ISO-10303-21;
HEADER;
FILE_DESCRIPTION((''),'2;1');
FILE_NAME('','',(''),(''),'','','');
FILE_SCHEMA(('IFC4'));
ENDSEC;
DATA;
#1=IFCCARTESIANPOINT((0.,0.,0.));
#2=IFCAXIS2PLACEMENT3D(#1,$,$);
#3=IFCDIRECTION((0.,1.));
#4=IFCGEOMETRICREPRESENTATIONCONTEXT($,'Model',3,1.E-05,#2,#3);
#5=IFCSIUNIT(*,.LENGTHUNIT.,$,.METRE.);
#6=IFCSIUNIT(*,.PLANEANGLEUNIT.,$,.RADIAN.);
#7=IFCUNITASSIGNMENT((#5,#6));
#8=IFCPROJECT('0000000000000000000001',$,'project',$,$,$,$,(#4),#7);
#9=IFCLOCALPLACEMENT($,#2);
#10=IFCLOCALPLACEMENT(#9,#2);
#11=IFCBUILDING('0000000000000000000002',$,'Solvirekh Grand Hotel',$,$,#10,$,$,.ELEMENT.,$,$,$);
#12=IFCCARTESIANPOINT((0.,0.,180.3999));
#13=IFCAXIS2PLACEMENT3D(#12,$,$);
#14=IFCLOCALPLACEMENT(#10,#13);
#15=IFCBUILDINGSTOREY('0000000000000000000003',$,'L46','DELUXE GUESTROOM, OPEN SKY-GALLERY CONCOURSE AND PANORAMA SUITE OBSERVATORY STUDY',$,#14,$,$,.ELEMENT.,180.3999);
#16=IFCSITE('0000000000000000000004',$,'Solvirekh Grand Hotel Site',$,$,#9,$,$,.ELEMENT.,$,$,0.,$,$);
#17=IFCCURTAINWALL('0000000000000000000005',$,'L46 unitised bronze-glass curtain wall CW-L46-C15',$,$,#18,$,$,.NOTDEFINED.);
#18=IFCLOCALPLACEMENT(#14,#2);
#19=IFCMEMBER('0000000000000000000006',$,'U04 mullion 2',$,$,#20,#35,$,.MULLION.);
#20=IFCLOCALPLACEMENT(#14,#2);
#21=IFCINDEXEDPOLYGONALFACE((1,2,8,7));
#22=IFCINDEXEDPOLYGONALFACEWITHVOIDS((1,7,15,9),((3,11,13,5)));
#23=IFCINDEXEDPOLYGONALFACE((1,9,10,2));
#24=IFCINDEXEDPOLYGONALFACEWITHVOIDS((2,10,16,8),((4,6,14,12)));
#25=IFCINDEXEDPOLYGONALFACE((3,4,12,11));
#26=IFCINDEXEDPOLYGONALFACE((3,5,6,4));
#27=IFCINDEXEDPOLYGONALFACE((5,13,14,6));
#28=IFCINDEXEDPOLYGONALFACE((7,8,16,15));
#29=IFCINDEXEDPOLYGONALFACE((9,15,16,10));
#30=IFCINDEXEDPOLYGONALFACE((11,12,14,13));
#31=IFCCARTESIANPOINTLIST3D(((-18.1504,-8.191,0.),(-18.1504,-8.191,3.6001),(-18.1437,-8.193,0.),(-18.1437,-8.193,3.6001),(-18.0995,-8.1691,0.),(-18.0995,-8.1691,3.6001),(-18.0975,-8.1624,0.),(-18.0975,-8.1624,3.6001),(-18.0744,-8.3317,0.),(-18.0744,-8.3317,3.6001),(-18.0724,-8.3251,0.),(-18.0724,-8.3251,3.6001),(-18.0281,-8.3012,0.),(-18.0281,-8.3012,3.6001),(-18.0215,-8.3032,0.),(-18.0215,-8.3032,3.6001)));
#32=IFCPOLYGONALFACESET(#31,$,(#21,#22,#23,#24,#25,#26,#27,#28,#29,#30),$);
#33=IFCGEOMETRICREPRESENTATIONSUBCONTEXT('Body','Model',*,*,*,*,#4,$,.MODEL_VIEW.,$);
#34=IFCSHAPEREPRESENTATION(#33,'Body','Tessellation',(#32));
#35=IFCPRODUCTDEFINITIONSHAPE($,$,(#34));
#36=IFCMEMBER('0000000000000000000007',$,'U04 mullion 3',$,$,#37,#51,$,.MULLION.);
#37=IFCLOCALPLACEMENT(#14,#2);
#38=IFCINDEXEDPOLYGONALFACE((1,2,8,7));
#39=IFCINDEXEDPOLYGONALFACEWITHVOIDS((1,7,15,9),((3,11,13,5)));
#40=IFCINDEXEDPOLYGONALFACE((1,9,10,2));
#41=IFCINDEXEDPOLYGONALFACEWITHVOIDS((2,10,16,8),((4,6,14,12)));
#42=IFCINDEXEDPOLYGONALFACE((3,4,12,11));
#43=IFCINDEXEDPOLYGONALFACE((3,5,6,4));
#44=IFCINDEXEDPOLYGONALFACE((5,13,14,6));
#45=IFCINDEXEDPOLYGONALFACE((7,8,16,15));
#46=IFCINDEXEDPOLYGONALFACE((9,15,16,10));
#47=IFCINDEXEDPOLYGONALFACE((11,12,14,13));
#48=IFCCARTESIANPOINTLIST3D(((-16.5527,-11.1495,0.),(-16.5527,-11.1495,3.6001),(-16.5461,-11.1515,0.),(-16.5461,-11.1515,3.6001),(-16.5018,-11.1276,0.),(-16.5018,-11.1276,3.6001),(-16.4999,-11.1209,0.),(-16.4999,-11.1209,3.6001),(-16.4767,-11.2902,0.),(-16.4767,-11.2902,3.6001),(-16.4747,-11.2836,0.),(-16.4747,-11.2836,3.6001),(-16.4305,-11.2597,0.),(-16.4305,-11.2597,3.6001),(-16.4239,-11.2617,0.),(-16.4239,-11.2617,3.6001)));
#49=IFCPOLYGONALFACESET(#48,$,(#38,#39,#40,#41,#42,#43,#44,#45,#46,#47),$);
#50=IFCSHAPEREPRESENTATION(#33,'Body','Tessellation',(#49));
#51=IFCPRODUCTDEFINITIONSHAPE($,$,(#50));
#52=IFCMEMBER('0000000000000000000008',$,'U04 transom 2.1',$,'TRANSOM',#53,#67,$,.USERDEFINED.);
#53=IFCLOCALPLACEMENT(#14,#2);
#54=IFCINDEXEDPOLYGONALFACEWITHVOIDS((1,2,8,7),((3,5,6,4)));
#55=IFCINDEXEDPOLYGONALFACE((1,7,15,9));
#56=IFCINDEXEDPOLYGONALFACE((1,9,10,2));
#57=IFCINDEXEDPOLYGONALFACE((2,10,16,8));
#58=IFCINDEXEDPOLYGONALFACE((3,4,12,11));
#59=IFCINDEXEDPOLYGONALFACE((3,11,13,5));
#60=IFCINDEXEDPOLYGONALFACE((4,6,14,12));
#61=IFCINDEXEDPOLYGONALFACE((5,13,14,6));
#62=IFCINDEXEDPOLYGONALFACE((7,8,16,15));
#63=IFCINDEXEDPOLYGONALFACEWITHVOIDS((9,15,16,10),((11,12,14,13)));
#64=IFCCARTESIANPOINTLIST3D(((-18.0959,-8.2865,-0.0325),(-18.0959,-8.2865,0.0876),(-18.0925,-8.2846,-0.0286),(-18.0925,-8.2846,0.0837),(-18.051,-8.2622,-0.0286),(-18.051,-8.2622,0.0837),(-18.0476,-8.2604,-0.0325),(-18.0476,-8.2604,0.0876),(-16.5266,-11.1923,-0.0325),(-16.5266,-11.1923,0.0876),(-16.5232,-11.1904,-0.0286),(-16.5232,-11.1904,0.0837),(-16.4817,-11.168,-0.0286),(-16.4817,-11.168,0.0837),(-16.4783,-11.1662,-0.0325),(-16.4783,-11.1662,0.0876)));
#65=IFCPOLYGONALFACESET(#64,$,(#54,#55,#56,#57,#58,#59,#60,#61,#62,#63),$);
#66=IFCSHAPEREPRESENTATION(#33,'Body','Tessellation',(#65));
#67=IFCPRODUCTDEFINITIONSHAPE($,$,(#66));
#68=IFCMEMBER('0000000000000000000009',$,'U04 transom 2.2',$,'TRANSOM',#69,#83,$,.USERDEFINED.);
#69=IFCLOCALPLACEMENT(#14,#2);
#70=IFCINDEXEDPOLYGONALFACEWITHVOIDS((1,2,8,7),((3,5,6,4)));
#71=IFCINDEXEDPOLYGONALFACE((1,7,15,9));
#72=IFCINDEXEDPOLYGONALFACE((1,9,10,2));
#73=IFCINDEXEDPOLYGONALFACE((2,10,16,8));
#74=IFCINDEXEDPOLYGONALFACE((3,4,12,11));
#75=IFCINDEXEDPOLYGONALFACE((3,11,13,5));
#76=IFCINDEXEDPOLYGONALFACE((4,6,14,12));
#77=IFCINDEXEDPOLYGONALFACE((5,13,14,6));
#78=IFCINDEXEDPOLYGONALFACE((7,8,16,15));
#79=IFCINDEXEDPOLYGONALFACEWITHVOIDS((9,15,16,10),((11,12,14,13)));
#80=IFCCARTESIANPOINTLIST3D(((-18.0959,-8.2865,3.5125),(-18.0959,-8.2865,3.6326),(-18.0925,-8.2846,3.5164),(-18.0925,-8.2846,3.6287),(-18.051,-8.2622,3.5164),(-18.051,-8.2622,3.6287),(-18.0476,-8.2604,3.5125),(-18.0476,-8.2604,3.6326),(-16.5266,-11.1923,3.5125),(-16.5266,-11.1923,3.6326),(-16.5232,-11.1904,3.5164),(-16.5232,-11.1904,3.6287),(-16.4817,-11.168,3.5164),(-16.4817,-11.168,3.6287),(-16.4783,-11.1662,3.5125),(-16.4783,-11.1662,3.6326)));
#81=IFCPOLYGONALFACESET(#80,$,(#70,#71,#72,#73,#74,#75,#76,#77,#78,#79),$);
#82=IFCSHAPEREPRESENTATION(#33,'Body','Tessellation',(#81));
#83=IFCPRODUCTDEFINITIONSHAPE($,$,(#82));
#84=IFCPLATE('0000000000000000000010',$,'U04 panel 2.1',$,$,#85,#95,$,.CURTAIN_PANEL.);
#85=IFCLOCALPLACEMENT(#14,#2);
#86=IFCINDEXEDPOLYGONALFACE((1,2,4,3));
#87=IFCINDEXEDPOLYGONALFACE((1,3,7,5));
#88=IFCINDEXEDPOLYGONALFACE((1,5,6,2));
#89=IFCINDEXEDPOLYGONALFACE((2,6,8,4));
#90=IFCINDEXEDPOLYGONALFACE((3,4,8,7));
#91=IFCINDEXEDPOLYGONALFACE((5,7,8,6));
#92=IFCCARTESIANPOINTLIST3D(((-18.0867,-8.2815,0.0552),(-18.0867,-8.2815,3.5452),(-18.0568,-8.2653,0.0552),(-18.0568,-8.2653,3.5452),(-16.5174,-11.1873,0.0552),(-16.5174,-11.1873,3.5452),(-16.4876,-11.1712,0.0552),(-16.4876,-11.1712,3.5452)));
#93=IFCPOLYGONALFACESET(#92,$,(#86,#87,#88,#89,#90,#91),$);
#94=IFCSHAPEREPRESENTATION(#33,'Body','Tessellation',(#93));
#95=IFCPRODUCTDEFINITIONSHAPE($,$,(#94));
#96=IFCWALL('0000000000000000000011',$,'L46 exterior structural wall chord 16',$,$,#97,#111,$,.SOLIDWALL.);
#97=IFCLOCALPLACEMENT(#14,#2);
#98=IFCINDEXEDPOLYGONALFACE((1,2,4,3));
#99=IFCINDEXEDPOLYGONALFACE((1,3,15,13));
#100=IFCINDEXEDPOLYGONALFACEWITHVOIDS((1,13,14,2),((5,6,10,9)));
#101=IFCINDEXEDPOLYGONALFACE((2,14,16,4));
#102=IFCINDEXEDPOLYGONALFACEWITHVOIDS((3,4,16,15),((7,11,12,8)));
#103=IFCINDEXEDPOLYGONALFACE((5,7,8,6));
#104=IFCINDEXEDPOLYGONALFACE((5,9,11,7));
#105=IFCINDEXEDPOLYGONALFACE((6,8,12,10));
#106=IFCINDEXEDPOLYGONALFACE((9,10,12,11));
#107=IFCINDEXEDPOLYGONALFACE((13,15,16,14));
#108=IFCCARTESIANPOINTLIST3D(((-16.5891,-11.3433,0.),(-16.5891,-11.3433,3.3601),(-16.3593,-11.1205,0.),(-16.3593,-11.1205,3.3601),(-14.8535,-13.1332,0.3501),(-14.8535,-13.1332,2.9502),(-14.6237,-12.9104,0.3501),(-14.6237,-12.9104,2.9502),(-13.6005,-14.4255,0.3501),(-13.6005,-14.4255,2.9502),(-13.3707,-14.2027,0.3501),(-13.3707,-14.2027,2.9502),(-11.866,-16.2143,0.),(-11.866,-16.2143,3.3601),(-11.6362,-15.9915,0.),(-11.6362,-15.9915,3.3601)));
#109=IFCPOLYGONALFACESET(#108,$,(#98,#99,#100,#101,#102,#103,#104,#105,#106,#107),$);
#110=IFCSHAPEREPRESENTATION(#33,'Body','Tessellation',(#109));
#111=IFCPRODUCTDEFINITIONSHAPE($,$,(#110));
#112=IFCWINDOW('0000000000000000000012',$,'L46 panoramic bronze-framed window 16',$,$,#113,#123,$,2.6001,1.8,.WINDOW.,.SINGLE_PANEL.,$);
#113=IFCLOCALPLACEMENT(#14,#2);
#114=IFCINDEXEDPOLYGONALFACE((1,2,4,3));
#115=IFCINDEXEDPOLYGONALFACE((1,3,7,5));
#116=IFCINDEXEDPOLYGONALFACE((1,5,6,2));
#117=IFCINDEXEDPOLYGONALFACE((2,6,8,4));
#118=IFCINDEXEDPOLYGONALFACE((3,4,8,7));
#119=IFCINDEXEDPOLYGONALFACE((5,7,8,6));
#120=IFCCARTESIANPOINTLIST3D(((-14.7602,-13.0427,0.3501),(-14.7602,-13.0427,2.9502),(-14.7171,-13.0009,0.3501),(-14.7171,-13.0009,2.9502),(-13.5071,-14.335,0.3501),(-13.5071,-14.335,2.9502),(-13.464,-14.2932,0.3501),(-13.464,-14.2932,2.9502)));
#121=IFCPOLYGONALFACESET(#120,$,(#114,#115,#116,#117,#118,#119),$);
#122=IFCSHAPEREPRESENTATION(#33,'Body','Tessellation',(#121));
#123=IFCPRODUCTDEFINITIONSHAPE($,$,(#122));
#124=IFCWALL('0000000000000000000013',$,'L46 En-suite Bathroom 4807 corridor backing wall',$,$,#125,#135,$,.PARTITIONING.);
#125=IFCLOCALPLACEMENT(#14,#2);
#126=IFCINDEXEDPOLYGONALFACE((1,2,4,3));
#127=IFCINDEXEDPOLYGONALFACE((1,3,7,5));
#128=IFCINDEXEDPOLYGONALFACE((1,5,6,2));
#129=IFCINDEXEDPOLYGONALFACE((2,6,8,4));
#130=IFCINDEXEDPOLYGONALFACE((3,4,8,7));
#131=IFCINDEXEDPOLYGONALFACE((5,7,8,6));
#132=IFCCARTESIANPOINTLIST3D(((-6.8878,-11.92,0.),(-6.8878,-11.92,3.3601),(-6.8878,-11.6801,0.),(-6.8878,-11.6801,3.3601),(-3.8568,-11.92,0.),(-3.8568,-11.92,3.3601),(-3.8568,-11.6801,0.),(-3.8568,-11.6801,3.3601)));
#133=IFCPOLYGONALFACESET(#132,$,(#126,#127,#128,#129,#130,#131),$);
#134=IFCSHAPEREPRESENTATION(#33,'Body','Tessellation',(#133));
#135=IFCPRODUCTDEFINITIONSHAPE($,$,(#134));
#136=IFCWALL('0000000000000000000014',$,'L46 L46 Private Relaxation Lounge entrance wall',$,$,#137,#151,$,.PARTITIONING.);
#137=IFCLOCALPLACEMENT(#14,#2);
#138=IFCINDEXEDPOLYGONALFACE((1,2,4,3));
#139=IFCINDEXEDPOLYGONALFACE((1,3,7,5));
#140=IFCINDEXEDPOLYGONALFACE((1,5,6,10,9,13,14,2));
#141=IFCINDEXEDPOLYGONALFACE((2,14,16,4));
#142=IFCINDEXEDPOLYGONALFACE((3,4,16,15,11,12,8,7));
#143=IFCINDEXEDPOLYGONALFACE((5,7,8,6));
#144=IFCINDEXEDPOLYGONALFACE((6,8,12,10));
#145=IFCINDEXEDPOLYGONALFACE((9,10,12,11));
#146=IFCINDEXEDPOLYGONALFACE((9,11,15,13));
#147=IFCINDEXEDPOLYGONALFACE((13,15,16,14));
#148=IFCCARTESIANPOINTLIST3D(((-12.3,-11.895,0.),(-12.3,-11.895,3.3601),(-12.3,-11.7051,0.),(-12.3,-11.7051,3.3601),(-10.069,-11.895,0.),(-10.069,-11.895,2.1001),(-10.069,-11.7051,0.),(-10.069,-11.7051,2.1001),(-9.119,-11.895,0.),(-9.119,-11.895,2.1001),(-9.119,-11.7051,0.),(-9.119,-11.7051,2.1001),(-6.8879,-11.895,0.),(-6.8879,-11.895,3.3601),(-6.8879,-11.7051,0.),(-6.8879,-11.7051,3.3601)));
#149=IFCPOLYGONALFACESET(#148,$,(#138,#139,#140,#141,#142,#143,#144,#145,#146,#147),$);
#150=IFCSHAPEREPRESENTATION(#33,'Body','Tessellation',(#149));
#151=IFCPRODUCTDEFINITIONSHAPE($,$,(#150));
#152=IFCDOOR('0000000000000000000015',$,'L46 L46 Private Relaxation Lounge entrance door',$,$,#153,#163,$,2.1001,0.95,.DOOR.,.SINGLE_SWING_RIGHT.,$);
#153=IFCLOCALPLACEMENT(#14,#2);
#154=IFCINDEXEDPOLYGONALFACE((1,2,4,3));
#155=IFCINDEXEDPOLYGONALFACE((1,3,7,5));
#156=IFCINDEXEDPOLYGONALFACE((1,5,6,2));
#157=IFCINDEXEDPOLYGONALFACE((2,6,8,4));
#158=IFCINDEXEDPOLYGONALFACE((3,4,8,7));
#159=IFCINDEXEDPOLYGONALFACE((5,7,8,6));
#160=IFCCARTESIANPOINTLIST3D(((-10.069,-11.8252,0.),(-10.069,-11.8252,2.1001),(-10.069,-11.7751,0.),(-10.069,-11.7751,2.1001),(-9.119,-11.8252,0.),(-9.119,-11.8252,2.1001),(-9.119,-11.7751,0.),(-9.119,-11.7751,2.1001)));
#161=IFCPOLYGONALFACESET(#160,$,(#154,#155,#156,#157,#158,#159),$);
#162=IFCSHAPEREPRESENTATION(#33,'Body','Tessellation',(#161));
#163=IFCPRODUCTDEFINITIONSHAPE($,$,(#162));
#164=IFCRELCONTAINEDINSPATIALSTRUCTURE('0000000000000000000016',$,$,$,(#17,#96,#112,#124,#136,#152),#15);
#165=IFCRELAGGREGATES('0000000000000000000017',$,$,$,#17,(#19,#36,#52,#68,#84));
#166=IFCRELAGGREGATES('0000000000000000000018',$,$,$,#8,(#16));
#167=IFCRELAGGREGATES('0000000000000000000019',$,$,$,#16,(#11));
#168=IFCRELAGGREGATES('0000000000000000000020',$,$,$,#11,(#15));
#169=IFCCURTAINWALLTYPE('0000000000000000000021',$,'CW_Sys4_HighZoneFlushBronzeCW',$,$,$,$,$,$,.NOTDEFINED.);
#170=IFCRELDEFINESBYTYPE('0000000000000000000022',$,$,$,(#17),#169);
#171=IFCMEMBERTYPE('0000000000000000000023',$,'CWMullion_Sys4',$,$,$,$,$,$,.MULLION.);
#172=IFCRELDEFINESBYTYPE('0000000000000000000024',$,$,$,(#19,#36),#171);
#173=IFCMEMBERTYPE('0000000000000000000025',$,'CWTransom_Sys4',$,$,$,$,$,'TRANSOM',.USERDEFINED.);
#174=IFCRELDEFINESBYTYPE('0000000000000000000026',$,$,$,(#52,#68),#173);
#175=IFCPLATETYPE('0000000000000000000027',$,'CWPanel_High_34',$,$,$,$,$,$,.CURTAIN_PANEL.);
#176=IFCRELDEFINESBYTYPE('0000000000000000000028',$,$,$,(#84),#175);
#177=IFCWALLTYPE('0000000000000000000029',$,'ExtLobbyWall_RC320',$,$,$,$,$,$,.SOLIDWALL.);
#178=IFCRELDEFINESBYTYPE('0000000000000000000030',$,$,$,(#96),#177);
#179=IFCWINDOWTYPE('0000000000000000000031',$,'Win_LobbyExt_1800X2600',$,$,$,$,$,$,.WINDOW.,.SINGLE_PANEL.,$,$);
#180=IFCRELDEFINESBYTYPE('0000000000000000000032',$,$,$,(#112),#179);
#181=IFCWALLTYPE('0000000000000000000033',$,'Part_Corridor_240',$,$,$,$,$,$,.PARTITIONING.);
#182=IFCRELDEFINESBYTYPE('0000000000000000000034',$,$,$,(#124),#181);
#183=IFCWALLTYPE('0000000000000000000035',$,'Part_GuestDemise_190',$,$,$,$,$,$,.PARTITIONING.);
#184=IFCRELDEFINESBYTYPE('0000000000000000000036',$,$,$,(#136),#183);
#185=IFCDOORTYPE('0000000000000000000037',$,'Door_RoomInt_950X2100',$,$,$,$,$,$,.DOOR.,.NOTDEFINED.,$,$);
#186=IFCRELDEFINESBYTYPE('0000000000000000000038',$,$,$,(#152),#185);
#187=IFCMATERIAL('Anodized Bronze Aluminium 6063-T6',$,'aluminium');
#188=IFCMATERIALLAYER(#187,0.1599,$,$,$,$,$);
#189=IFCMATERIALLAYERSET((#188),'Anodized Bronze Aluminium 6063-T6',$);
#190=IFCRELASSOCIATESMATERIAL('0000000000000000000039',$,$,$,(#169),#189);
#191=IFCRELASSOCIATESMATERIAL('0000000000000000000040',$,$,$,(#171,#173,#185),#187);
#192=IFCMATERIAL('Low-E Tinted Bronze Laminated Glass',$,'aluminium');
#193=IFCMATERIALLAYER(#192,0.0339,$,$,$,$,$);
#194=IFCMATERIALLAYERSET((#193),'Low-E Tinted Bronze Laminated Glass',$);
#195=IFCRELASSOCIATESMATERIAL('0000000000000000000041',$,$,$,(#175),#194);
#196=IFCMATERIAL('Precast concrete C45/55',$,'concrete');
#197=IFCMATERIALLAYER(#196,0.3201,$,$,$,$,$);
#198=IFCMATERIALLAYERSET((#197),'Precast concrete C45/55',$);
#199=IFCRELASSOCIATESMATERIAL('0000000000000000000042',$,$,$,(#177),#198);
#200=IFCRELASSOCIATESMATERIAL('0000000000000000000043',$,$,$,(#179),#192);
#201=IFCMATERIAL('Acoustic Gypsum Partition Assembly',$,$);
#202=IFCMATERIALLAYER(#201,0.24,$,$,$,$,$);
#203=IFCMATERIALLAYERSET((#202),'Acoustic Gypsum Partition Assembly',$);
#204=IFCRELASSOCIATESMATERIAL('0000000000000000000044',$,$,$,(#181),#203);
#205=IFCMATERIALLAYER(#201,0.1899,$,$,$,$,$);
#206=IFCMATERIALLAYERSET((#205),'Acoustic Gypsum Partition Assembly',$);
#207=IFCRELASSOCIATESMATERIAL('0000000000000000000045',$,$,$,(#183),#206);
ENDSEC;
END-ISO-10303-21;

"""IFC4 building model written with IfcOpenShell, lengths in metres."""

from ifc_helpers import new_model, si_unit, direction, frame, frame_2d, origin, origin_2d, place, context, subcontext, project, spatial, rectangle, hollow_rectangle, extrude, source, transform, mapped, material, layer, layer_set, material_profile, profile_set, type_object, element, fill, aggregate, save


model = new_model("IFC4")

# Units and contexts
model_context = context("Model", 3, precision=1e-05, world=origin(), true_north=direction((0.0, 1.0)))
body_context = subcontext(model_context, "Body", "Model", "MODEL_VIEW")
ifc_project = project(units=[si_unit("LENGTHUNIT", "METRE"), si_unit("PLANEANGLEUNIT", "RADIAN")], contexts=[model_context])

# Site, building, storey
site_placement = place(None, origin())
site = spatial("IfcSite", under=ifc_project, at=site_placement, Name="Solvirekh Grand Hotel Site", CompositionType="ELEMENT", RefElevation=0.0)
building_placement = place(site_placement, origin())
building = spatial("IfcBuilding", under=site, at=building_placement, Name="Solvirekh Grand Hotel", CompositionType="ELEMENT")
storey_placement = place(building_placement, frame((0.0, 0.0, 180.3999)))
storey = spatial("IfcBuildingStorey", under=building, at=storey_placement, Name="L46", Description="DELUXE GUESTROOM, OPEN SKY-GALLERY CONCOURSE AND PANORAMA SUITE OBSERVATORY STUDY", CompositionType="ELEMENT", Elevation=180.3999)

# Curtain wall, members, plate
ifc_material_1 = material(Name="Anodized Bronze Aluminium 6063-T6", Category="aluminium")
ifc_layer_1 = layer(ifc_material_1, 0.1599)
ifc_layer_set_1 = layer_set([ifc_layer_1], Name="Anodized Bronze Aluminium 6063-T6")
curtain_wall_type = type_object("IfcCurtainWallType", Name="CW_Sys4_HighZoneFlushBronzeCW", PredefinedType="NOTDEFINED", material=ifc_layer_set_1)
curtain_wall_placement = place(storey_placement, origin())
curtain_wall = element("IfcCurtainWall", 1, at=curtain_wall_placement, inside=storey, type_object=curtain_wall_type, Name="L46 unitised bronze-glass curtain wall CW-L46-C15", PredefinedType="NOTDEFINED")
ifc_material_profile_1 = material_profile(ifc_material_1, hollow_rectangle(XDim=0.0601, YDim=0.1599, WallThickness=0.0049, at=origin_2d()), Name="ALU RHS 160X60X5")
ifc_profile_set_1 = profile_set([ifc_material_profile_1], Name="Anodized Bronze Aluminium 6063-T6")
member_type_1 = type_object("IfcMemberType", Name="CWMullion_Sys4", PredefinedType="MULLION", material=ifc_profile_set_1)
shared_shape_1 = source(origin(), body_context, "Body", "SweptSolid", [
    extrude(hollow_rectangle(XDim=0.0601, YDim=0.1599, WallThickness=0.0049, at=origin_2d()), origin(), (0.0, 0.0, 1.0), 3.6001),
])
member_1_placement = place(storey_placement, frame((-18.0859, -8.2471, 0.0), z_axis=(0.0, 0.0, 1.0), x_axis=(0.879893, 0.475172, 0.0)))
member_1 = element("IfcMember", 2, at=member_1_placement, type_object=member_type_1, Name="U04 mullion 2", PredefinedType="MULLION", context=body_context, shape_type="MappedRepresentation", body=[
    mapped(shared_shape_1, transform((0.0, 0.0, 0.0), x_axis=(1.0, 0.0, 0.0), y_axis=(0.0, 1.0, 0.0), z_axis=(0.0, 0.0, 1.0), scale=1.0)),
])
member_2_placement = place(storey_placement, frame((-16.4883, -11.2056, 0.0), z_axis=(0.0, 0.0, 1.0), x_axis=(0.879893, 0.475172, 0.0)))
member_2 = element("IfcMember", 3, at=member_2_placement, type_object=member_type_1, Name="U04 mullion 3", PredefinedType="MULLION", context=body_context, shape_type="MappedRepresentation", body=[
    mapped(shared_shape_1, transform((0.0, 0.0, 0.0), x_axis=(1.0, 0.0, 0.0), y_axis=(0.0, 1.0, 0.0), z_axis=(0.0, 0.0, 1.0), scale=1.0)),
])
ifc_material_profile_2 = material_profile(ifc_material_1, hollow_rectangle(XDim=0.0549, YDim=0.1201, WallThickness=0.0039, at=origin_2d()), Name="ALU RHS 120X55X4")
ifc_profile_set_2 = profile_set([ifc_material_profile_2], Name="Anodized Bronze Aluminium 6063-T6")
member_type_2 = type_object("IfcMemberType", Name="CWTransom_Sys4", ElementType="TRANSOM", PredefinedType="USERDEFINED", material=ifc_profile_set_2)
shared_shape_2 = source(origin(), body_context, "Body", "SweptSolid", [
    extrude(hollow_rectangle(XDim=0.0549, YDim=0.1201, WallThickness=0.0039, at=origin_2d()), origin(), (0.0, 0.0, 1.0), 3.3025),
])
member_3_placement = place(storey_placement, frame((-18.0718, -8.2734, 0.0276), z_axis=(0.475202, -0.879877, 0.0), x_axis=(0.879877, 0.475202, 0.0)))
member_3 = element("IfcMember", 4, at=member_3_placement, type_object=member_type_2, Name="U04 transom 2.1", ObjectType="TRANSOM", PredefinedType="USERDEFINED", context=body_context, shape_type="MappedRepresentation", body=[
    mapped(shared_shape_2, transform((0.0, 0.0, 0.0), x_axis=(1.0, 0.0, 0.0), y_axis=(0.0, 1.0, 0.0), z_axis=(0.0, 0.0, 1.0), scale=1.0)),
])
member_4_placement = place(storey_placement, frame((-18.0718, -8.2734, 3.5725), z_axis=(0.475202, -0.879877, 0.0), x_axis=(0.879877, 0.475202, 0.0)))
member_4 = element("IfcMember", 5, at=member_4_placement, type_object=member_type_2, Name="U04 transom 2.2", ObjectType="TRANSOM", PredefinedType="USERDEFINED", context=body_context, shape_type="MappedRepresentation", body=[
    mapped(shared_shape_2, transform((0.0, 0.0, 0.0), x_axis=(1.0, 0.0, 0.0), y_axis=(0.0, 1.0, 0.0), z_axis=(0.0, 0.0, 1.0), scale=1.0)),
])
ifc_material_2 = material(Name="Low-E Tinted Bronze Laminated Glass", Category="aluminium")
ifc_layer_2 = layer(ifc_material_2, 0.0339)
ifc_layer_set_2 = layer_set([ifc_layer_2], Name="Low-E Tinted Bronze Laminated Glass")
plate_type = type_object("IfcPlateType", Name="CWPanel_High_34", PredefinedType="CURTAIN_PANEL", material=ifc_layer_set_2)
shared_shape_3 = source(origin(), body_context, "Body", "SweptSolid", [
    extrude(rectangle(XDim=3.3025, YDim=0.0339, at=origin_2d()), origin(), (0.0, 0.0, 1.0), 3.49),
])
plate_placement = place(storey_placement, frame((-17.2871, -9.7263, 0.0552), z_axis=(0.0, 0.0, 1.0), x_axis=(0.475172, -0.879893, 0.0)))
plate = element("IfcPlate", 6, at=plate_placement, type_object=plate_type, Name="U04 panel 2.1", PredefinedType="CURTAIN_PANEL", context=body_context, shape_type="MappedRepresentation", body=[
    mapped(shared_shape_3, transform((0.0, 0.0, 0.0), x_axis=(1.0, 0.0, 0.0), y_axis=(0.0, 1.0, 0.0), z_axis=(0.0, 0.0, 1.0), scale=1.0)),
])
aggregate(curtain_wall, [member_1, member_2, member_3, member_4, plate])

# Wall, opening, window
ifc_material_3 = material(Name="Precast concrete C45/55", Category="concrete")
ifc_layer_3 = layer(ifc_material_3, 0.3201)
ifc_layer_set_3 = layer_set([ifc_layer_3], Name="Precast concrete C45/55")
wall_type_1 = type_object("IfcWallType", Name="ExtLobbyWall_RC320", PredefinedType="SOLIDWALL", material=ifc_layer_set_3)
wall_1_placement = place(storey_placement, frame((-11.751, -16.103, 0.0), z_axis=(0.0, 0.0, 1.0), x_axis=(-0.69612, 0.717925, 0.0)))
wall_1 = element("IfcWall", 7, at=wall_1_placement, inside=storey, type_object=wall_type_1, Name="L46 exterior structural wall chord 16", PredefinedType="SOLIDWALL", context=body_context, shape_type="SweptSolid", body=[
    extrude(rectangle(XDim=6.7849, YDim=0.3201, at=frame_2d((3.3926, 0.0))), origin(), (0.0, 0.0, 1.0), 3.3601),
])
opening_1_placement = place(wall_1_placement, frame((2.4919, 0.0, 0.3501)))
opening_1 = element("IfcOpeningElement", 8, at=opening_1_placement, cuts=wall_1, PredefinedType="OPENING", context=body_context, shape_type="SweptSolid", body=[
    extrude(rectangle(XDim=1.8, YDim=2.6001, at=frame_2d((0.8999, 1.3))), frame((0.0, 0.1699, 0.0), z_axis=(0.0, -1.0, 0.0), x_axis=(1.0, 0.0, 0.0)), (0.0, 0.0, 1.0), 0.3401),
])
window_type = type_object("IfcWindowType", Name="Win_LobbyExt_1800X2600", PartitioningType="SINGLE_PANEL", PredefinedType="WINDOW", material=ifc_material_2)
window_placement = place(opening_1_placement, origin())
window = element("IfcWindow", 9, at=window_placement, inside=storey, type_object=window_type, Name="L46 panoramic bronze-framed window 16", OverallHeight=2.6001, OverallWidth=1.8, PartitioningType="SINGLE_PANEL", PredefinedType="WINDOW", context=body_context, shape_type="SweptSolid", body=[
    extrude(rectangle(XDim=1.8, YDim=2.6001, at=frame_2d((0.8999, 1.3))), frame((0.0, 0.03, 0.0), z_axis=(0.0, -1.0, 0.0), x_axis=(1.0, 0.0, 0.0)), (0.0, 0.0, 1.0), 0.0601),
])
fill(opening_1, window)

# Wall
ifc_material_4 = material(Name="Acoustic Gypsum Partition Assembly")
ifc_layer_4 = layer(ifc_material_4, 0.24)
ifc_layer_set_4 = layer_set([ifc_layer_4], Name="Acoustic Gypsum Partition Assembly")
wall_type_2 = type_object("IfcWallType", Name="Part_Corridor_240", PredefinedType="PARTITIONING", material=ifc_layer_set_4)
wall_2_placement = place(storey_placement, frame((-6.8879, -11.8, 0.0), z_axis=(0.0, 0.0, 1.0), x_axis=(1.0, 0.0, 0.0)))
element("IfcWall", 10, at=wall_2_placement, inside=storey, type_object=wall_type_2, Name="L46 En-suite Bathroom 4807 corridor backing wall", PredefinedType="PARTITIONING", context=body_context, shape_type="SweptSolid", body=[
    extrude(rectangle(XDim=3.031, YDim=0.24, at=frame_2d((1.5156, 0.0))), origin(), (0.0, 0.0, 1.0), 3.3601),
])

# Wall, opening, door
ifc_layer_5 = layer(ifc_material_4, 0.1899)
ifc_layer_set_5 = layer_set([ifc_layer_5], Name="Acoustic Gypsum Partition Assembly")
wall_type_3 = type_object("IfcWallType", Name="Part_GuestDemise_190", PredefinedType="PARTITIONING", material=ifc_layer_set_5)
wall_3_placement = place(storey_placement, frame((-12.3, -11.8, 0.0), z_axis=(0.0, 0.0, 1.0), x_axis=(1.0, 0.0, 0.0)))
wall_3 = element("IfcWall", 11, at=wall_3_placement, inside=storey, type_object=wall_type_3, Name="L46 L46 Private Relaxation Lounge entrance wall", PredefinedType="PARTITIONING", context=body_context, shape_type="SweptSolid", body=[
    extrude(rectangle(XDim=5.4121, YDim=0.1899, at=frame_2d((2.7061, 0.0))), origin(), (0.0, 0.0, 1.0), 3.3601),
])
opening_2_placement = place(wall_3_placement, frame((2.231, 0.0, 0.0)))
opening_2 = element("IfcOpeningElement", 12, at=opening_2_placement, cuts=wall_3, PredefinedType="OPENING", context=body_context, shape_type="SweptSolid", body=[
    extrude(rectangle(XDim=0.95, YDim=2.1001, at=frame_2d((0.4751, 1.05))), frame((0.0, 0.105, 0.0), z_axis=(0.0, -1.0, 0.0), x_axis=(1.0, 0.0, 0.0)), (0.0, 0.0, 1.0), 0.21),
])
door_type = type_object("IfcDoorType", Name="Door_RoomInt_950X2100", OperationType="NOTDEFINED", PredefinedType="DOOR", material=ifc_material_1)
door_placement = place(opening_2_placement, origin())
door = element("IfcDoor", 13, at=door_placement, inside=storey, type_object=door_type, Name="L46 L46 Private Relaxation Lounge entrance door", OperationType="SINGLE_SWING_RIGHT", OverallHeight=2.1001, OverallWidth=0.95, PredefinedType="DOOR", context=body_context, shape_type="SweptSolid", body=[
    extrude(rectangle(XDim=0.95, YDim=2.1001, at=frame_2d((0.4751, 1.05))), frame((0.0, 0.0249, 0.0), z_axis=(0.0, -1.0, 0.0), x_axis=(1.0, 0.0, 0.0)), (0.0, 0.0, 1.0), 0.05),
])
fill(opening_2, door)

save(model, "model.ifc")
